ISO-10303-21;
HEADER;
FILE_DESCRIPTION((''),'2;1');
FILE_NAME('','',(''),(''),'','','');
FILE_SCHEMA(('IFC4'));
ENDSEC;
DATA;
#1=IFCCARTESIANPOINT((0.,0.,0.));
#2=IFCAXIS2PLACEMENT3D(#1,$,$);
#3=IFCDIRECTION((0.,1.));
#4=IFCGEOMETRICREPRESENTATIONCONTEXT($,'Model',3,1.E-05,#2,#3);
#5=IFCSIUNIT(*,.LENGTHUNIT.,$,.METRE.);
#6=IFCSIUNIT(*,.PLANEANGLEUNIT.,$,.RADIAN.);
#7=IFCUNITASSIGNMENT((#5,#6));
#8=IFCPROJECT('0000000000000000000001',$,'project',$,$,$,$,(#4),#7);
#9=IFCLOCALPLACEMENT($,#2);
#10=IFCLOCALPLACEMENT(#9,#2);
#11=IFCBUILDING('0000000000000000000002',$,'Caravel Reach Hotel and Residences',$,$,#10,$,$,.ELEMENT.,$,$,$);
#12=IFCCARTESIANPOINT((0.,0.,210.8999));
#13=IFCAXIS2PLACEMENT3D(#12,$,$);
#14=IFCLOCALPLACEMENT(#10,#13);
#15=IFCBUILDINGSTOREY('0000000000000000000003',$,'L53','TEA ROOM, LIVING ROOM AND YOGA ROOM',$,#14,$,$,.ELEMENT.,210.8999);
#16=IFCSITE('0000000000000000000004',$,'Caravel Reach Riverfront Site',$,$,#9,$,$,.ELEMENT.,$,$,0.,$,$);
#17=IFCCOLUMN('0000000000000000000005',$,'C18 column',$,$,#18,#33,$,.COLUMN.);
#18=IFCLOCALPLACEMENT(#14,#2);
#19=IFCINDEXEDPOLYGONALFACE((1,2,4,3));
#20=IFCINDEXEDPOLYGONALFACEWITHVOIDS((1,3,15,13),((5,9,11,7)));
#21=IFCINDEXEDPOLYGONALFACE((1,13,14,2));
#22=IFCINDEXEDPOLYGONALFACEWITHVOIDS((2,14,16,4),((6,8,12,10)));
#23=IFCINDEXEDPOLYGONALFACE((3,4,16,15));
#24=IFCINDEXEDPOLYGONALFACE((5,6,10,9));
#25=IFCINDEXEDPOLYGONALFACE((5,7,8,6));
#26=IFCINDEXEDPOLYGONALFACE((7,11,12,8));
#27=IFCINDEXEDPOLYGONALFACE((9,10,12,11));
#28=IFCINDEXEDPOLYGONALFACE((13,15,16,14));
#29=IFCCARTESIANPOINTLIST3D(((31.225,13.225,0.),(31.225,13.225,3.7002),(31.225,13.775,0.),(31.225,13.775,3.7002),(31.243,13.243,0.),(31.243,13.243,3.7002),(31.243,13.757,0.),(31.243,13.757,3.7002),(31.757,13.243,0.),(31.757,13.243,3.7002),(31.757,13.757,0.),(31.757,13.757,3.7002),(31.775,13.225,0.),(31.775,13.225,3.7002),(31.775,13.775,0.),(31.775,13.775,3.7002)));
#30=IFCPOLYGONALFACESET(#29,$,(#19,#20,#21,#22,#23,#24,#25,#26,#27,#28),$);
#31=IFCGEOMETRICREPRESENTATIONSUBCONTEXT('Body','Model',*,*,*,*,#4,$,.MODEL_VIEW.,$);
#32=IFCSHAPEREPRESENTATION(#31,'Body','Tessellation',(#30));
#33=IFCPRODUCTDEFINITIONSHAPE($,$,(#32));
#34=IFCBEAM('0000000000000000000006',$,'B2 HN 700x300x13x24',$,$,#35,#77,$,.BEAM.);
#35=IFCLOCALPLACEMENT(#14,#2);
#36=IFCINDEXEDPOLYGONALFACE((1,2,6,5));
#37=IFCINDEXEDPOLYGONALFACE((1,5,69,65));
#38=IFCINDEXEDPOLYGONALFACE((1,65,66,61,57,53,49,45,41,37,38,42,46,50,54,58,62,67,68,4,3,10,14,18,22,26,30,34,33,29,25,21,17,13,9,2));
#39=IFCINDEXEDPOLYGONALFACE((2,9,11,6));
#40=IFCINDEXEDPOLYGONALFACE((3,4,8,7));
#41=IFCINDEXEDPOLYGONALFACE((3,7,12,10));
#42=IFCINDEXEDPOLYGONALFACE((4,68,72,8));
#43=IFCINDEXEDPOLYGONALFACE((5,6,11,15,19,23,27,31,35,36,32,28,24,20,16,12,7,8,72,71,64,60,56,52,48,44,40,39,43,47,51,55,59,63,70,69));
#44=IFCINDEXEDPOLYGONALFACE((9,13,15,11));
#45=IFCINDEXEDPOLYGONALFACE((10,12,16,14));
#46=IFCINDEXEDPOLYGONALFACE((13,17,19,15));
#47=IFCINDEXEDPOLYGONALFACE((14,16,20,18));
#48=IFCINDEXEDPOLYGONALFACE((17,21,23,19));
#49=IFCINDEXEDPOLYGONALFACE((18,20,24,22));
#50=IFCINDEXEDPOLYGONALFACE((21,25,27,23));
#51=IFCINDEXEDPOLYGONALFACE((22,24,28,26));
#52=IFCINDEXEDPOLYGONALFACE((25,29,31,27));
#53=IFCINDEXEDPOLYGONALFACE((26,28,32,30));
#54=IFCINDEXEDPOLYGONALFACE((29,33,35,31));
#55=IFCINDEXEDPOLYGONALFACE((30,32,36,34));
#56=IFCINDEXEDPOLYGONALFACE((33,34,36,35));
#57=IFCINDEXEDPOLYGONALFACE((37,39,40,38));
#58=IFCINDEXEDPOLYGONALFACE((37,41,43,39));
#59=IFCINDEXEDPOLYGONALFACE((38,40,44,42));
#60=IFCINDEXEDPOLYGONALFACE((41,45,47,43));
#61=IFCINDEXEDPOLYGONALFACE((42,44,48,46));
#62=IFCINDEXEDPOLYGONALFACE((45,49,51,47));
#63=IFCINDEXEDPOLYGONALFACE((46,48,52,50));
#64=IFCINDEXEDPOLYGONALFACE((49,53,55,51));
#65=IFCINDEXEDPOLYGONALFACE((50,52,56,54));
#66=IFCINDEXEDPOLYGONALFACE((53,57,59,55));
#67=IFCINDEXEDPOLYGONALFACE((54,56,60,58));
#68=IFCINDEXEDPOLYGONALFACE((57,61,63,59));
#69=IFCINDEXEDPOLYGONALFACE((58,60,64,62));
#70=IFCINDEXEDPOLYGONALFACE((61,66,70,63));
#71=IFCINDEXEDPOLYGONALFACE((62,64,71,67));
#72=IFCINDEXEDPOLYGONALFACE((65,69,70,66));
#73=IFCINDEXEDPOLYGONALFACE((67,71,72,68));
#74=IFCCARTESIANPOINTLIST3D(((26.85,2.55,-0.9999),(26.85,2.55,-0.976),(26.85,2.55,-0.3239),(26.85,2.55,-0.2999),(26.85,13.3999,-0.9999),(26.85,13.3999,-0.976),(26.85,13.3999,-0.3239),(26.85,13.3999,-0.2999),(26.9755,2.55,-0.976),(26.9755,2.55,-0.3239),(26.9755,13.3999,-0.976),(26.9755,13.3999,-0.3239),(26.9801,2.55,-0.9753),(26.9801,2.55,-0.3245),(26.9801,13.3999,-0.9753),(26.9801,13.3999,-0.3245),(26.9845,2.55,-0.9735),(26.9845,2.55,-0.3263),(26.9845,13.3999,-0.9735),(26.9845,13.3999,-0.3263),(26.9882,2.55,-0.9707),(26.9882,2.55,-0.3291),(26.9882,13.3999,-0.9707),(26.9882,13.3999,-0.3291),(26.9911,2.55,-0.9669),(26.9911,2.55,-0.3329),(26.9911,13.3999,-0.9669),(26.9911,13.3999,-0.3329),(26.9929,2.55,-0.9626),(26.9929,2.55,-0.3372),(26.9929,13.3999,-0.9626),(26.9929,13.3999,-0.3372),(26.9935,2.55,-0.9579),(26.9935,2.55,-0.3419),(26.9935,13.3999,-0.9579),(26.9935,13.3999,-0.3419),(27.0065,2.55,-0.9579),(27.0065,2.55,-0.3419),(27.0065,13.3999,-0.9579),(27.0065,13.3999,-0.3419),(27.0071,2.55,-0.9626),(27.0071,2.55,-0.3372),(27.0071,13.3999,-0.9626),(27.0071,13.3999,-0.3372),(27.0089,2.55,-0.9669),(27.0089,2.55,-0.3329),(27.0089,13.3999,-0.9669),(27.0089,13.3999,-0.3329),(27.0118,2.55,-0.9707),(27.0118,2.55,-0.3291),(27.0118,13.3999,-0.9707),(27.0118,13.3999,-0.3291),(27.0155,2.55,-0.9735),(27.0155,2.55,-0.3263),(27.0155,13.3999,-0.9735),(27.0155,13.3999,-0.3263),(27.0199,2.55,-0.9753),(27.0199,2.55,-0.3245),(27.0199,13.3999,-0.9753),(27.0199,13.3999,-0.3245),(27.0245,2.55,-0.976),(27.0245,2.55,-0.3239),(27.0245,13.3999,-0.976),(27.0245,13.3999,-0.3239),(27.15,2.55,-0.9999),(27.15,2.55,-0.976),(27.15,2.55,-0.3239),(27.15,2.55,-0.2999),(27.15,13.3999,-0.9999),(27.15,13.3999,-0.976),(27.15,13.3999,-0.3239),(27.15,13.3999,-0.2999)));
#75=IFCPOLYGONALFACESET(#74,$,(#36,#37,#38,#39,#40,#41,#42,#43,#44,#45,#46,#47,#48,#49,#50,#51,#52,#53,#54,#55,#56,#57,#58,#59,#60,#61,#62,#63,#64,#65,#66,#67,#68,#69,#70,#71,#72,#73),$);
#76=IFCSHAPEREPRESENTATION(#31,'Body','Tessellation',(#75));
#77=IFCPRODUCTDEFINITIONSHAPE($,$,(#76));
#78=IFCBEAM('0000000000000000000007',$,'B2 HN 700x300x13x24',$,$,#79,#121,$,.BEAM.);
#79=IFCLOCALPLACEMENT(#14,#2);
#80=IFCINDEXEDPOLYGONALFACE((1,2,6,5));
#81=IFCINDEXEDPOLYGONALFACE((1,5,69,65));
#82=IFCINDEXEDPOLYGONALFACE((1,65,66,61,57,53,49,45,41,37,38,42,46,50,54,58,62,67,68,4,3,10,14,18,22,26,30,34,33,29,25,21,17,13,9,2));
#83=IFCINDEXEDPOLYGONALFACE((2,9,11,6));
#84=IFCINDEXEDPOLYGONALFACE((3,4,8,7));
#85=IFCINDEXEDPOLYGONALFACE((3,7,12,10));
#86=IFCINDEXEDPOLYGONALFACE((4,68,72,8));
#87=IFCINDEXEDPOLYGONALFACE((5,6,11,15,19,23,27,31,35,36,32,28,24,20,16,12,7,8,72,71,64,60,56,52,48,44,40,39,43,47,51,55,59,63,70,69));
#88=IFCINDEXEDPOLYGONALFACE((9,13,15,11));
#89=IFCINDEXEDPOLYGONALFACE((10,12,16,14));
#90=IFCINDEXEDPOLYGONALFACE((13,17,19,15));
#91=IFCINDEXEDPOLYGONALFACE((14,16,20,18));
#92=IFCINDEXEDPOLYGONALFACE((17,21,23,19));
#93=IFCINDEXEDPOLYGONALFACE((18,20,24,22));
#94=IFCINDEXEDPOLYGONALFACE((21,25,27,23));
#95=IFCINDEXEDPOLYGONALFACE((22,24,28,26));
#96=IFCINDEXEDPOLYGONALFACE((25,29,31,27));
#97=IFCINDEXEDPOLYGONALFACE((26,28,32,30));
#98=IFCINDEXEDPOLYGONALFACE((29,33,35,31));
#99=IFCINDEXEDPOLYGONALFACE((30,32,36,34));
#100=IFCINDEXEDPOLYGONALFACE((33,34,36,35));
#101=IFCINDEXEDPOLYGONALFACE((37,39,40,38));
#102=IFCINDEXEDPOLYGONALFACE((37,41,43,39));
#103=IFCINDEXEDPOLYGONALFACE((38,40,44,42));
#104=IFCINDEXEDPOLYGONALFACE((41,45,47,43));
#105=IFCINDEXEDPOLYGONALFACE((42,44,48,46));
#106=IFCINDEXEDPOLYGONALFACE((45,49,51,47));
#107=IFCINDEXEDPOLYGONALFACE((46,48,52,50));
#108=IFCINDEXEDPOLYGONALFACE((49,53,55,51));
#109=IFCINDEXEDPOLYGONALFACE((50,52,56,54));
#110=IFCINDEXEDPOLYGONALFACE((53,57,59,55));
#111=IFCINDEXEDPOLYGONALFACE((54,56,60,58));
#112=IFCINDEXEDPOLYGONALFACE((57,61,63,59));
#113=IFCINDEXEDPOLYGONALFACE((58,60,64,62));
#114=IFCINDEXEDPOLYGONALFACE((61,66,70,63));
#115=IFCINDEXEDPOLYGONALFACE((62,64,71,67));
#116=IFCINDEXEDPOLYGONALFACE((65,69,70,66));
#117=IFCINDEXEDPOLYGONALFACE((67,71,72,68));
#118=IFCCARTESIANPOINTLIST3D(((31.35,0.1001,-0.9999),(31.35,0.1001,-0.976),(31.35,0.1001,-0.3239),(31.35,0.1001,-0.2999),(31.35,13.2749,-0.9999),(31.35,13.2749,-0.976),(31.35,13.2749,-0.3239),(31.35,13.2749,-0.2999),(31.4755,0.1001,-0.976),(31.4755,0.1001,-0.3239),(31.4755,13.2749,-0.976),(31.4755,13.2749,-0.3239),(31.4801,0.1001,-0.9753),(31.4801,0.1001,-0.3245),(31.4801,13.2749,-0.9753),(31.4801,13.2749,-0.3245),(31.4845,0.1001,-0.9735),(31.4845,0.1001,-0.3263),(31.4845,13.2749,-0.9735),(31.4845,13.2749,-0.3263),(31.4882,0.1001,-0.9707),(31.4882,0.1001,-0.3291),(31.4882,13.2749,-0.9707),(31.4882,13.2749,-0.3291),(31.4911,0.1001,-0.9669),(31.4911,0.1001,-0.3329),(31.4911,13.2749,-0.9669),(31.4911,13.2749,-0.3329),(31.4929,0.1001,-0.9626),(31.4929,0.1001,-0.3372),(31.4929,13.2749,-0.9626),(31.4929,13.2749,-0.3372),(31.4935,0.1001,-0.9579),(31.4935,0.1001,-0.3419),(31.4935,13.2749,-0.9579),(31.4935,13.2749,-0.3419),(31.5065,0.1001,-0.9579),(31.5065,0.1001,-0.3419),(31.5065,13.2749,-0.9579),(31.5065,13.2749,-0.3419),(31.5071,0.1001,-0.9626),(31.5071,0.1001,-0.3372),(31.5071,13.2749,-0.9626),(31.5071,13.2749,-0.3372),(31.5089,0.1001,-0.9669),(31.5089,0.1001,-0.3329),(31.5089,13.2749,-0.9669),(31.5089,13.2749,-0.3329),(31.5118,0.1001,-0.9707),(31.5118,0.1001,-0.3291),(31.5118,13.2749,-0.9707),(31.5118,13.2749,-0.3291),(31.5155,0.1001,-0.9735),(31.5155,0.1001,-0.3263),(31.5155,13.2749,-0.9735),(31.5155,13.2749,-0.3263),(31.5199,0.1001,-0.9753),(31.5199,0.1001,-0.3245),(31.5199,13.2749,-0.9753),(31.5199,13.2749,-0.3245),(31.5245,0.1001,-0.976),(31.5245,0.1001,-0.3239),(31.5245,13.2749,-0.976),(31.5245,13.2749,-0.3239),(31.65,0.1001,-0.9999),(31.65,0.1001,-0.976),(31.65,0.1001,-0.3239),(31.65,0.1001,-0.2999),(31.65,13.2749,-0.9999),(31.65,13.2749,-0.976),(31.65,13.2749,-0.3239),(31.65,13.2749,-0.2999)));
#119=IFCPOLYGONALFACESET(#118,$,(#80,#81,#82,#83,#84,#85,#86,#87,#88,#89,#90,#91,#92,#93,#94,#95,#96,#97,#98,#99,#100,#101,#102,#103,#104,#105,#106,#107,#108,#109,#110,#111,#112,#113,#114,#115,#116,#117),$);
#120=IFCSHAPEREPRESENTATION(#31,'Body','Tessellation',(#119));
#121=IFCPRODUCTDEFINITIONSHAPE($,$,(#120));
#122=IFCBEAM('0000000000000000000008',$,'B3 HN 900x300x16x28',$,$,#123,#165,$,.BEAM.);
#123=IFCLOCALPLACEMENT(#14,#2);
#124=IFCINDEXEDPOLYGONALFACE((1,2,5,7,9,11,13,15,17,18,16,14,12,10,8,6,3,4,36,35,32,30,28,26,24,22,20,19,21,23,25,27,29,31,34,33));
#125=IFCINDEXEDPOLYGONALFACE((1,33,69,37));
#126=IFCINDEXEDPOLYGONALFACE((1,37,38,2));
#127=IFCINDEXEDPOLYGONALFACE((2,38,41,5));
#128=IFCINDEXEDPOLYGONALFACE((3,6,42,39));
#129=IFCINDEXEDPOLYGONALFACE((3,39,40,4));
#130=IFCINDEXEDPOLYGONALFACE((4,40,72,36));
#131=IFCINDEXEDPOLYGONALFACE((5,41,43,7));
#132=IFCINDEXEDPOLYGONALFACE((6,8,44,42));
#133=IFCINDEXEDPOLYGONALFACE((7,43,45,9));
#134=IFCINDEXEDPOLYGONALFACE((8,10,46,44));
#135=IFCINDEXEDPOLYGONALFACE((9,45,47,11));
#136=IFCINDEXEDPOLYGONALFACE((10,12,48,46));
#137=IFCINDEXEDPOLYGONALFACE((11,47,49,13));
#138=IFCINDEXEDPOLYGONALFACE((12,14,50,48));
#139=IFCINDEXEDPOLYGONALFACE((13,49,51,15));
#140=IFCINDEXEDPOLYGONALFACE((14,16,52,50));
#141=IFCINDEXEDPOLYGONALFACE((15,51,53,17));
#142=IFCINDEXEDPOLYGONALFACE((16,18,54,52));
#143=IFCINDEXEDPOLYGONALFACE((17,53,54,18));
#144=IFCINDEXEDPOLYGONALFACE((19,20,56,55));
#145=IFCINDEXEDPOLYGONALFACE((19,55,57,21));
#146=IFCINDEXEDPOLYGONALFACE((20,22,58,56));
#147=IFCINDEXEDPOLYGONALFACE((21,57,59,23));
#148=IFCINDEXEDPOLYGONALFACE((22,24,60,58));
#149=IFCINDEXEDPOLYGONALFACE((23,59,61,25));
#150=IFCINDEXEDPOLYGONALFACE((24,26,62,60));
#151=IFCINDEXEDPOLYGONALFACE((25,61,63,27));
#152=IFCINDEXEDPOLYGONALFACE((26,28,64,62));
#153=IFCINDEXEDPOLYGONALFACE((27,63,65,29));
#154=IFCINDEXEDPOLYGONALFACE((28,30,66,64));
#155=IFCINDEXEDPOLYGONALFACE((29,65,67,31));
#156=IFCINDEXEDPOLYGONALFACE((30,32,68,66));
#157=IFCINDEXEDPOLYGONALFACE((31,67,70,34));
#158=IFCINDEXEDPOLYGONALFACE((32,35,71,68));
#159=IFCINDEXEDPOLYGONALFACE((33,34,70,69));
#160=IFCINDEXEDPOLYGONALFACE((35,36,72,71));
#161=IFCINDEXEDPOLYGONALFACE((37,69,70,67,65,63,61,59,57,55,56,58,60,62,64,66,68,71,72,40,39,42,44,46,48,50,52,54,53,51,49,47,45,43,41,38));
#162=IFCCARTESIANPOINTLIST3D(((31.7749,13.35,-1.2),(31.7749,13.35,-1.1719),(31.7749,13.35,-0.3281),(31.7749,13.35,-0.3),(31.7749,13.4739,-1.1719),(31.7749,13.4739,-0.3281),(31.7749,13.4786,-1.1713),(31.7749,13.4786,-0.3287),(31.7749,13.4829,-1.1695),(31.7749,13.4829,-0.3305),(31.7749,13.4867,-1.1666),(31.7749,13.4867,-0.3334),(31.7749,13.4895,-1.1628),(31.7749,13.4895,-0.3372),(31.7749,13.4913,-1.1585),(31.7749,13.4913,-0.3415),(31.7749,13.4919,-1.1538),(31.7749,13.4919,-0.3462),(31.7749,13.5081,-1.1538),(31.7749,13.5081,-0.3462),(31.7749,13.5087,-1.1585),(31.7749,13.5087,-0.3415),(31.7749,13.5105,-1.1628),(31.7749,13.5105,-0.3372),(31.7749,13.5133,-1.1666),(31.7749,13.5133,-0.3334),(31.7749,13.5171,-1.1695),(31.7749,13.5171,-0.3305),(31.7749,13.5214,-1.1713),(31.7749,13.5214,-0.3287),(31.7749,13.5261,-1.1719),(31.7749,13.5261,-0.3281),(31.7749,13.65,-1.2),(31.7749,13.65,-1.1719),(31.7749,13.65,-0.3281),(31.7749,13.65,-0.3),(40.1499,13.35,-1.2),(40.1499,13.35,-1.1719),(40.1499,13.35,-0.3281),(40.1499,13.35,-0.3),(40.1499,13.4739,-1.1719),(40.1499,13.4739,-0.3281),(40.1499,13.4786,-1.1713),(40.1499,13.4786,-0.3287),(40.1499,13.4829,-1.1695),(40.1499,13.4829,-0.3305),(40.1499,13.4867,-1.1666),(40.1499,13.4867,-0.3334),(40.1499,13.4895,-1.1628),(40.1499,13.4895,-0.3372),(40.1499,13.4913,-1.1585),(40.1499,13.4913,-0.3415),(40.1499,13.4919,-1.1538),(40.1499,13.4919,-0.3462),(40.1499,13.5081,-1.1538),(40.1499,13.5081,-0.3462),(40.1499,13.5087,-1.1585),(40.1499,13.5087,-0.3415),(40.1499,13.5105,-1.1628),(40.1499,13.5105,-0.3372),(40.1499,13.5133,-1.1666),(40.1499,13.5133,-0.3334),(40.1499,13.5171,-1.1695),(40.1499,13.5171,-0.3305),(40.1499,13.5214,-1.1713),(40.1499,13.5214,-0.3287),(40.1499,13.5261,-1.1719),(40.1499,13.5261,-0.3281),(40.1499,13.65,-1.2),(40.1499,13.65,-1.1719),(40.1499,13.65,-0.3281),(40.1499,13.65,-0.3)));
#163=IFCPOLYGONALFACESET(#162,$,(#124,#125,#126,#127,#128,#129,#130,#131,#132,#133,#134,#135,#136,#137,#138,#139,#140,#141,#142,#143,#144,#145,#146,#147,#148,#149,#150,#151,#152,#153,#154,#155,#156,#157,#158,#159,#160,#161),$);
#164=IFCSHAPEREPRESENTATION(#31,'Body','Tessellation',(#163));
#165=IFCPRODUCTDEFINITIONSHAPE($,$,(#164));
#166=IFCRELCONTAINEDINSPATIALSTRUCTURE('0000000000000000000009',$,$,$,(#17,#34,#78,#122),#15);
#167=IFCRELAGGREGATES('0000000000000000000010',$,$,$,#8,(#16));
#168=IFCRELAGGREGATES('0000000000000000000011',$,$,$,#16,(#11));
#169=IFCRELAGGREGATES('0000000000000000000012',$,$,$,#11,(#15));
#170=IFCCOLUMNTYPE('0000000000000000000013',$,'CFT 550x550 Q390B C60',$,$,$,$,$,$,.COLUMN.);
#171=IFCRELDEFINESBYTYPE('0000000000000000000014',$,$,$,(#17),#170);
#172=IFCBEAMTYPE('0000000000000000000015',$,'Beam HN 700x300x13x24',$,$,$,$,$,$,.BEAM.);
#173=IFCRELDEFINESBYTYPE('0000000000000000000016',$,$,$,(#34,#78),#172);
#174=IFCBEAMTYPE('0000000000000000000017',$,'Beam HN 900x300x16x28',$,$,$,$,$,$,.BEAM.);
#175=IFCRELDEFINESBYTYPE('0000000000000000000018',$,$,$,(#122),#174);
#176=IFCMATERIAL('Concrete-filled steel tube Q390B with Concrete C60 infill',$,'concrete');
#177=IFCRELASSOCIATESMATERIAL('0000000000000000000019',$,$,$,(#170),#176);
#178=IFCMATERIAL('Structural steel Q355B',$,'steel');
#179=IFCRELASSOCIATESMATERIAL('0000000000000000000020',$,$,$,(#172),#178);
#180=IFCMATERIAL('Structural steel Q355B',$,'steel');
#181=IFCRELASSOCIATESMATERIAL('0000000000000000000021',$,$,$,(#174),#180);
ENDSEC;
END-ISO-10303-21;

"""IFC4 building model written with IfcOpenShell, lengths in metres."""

from ifc_helpers import new_model, si_unit, direction, frame, origin, origin_2d, place, context, subcontext, project, spatial, hollow_rectangle, i_section, extrude, material, material_profile, profile_set, type_object, element, save


model = new_model("IFC4")

# Units and contexts
model_context = context("Model", 3, precision=1e-05, world=origin(), true_north=direction((0.0, 1.0)))
body_context = subcontext(model_context, "Body", "Model", "MODEL_VIEW")
ifc_project = project(units=[si_unit("LENGTHUNIT", "METRE"), si_unit("PLANEANGLEUNIT", "RADIAN")], contexts=[model_context])

# Site, building, storey
site_placement = place(None, origin())
site = spatial("IfcSite", under=ifc_project, at=site_placement, Name="Caravel Reach Riverfront Site", CompositionType="ELEMENT", RefElevation=0.0)
building_placement = place(site_placement, origin())
building = spatial("IfcBuilding", under=site, at=building_placement, Name="Caravel Reach Hotel and Residences", CompositionType="ELEMENT")
storey_placement = place(building_placement, frame((0.0, 0.0, 210.8999)))
storey = spatial("IfcBuildingStorey", under=building, at=storey_placement, Name="L53", Description="TEA ROOM, LIVING ROOM AND YOGA ROOM", CompositionType="ELEMENT", Elevation=210.8999)

# Column
ifc_material_1 = material(Name="Concrete-filled steel tube Q390B with Concrete C60 infill", Category="concrete")
ifc_material_profile_1 = material_profile(ifc_material_1, hollow_rectangle(XDim=0.55, YDim=0.55, WallThickness=0.0181, at=origin_2d()), Name="RHS 550x550x18")
ifc_profile_set_1 = profile_set([ifc_material_profile_1], Name="Concrete-filled steel tube Q390B with Concrete C60 infill")
column_type = type_object("IfcColumnType", Name="CFT 550x550 Q390B C60", PredefinedType="COLUMN", material=ifc_profile_set_1)
column_placement = place(storey_placement, frame((31.5, 13.5, 0.0), z_axis=(0.0, 0.0, 1.0), x_axis=(1.0, 0.0, 0.0)))
element("IfcColumn", 1, at=column_placement, inside=storey, type_object=column_type, Name="C18 column", PredefinedType="COLUMN", context=body_context, shape_type="SweptSolid", body=[
    extrude(hollow_rectangle(XDim=0.55, YDim=0.55, WallThickness=0.0181, at=origin_2d()), origin(), (0.0, 0.0, 1.0), 3.7002),
])

# Beams
ifc_material_2 = material(Name="Structural steel Q355B", Category="steel")
ifc_material_profile_2 = material_profile(ifc_material_2, i_section(OverallWidth=0.3, OverallDepth=0.7, WebThickness=0.0129, FlangeThickness=0.0239, FilletRadius=0.0181, at=origin_2d()), Name="HN 700x300x13x24")
ifc_profile_set_2 = profile_set([ifc_material_profile_2], Name="Structural steel Q355B")
beam_type_1 = type_object("IfcBeamType", Name="Beam HN 700x300x13x24", PredefinedType="BEAM", material=ifc_profile_set_2)
beam_1_placement = place(storey_placement, frame((27.0, 13.3999, -0.6499), z_axis=(0.0, -1.0, 0.0), x_axis=(1.0, 0.0, 0.0)))
element("IfcBeam", 2, at=beam_1_placement, inside=storey, type_object=beam_type_1, Name="B2 HN 700x300x13x24", PredefinedType="BEAM", context=body_context, shape_type="SweptSolid", body=[
    extrude(i_section(OverallWidth=0.3, OverallDepth=0.7, WebThickness=0.0129, FlangeThickness=0.0239, FilletRadius=0.0181, at=origin_2d()), origin(), (0.0, 0.0, 1.0), 10.8499),
])
beam_2_placement = place(storey_placement, frame((31.5, 13.2749, -0.6499), z_axis=(0.0, -1.0, 0.0), x_axis=(1.0, 0.0, 0.0)))
element("IfcBeam", 3, at=beam_2_placement, inside=storey, type_object=beam_type_1, Name="B2 HN 700x300x13x24", PredefinedType="BEAM", context=body_context, shape_type="SweptSolid", body=[
    extrude(i_section(OverallWidth=0.3, OverallDepth=0.7, WebThickness=0.0129, FlangeThickness=0.0239, FilletRadius=0.0181, at=origin_2d()), origin(), (0.0, 0.0, 1.0), 13.1748),
])
ifc_material_3 = material(Name="Structural steel Q355B", Category="steel")
ifc_material_profile_3 = material_profile(ifc_material_3, i_section(OverallWidth=0.3, OverallDepth=0.8999, WebThickness=0.0161, FlangeThickness=0.0281, FilletRadius=0.0181, at=origin_2d()), Name="HN 900x300x16x28")
ifc_profile_set_3 = profile_set([ifc_material_profile_3], Name="Structural steel Q355B")
beam_type_2 = type_object("IfcBeamType", Name="Beam HN 900x300x16x28", PredefinedType="BEAM", material=ifc_profile_set_3)
beam_3_placement = place(storey_placement, frame((31.7749, 13.5, -0.75), z_axis=(1.0, 0.0, 0.0), x_axis=(0.0, 1.0, 0.0)))
element("IfcBeam", 4, at=beam_3_placement, inside=storey, type_object=beam_type_2, Name="B3 HN 900x300x16x28", PredefinedType="BEAM", context=body_context, shape_type="SweptSolid", body=[
    extrude(i_section(OverallWidth=0.3, OverallDepth=0.8999, WebThickness=0.0161, FlangeThickness=0.0281, FilletRadius=0.0181, at=origin_2d()), origin(), (0.0, 0.0, 1.0), 8.375),
])

save(model, "model.ifc")
